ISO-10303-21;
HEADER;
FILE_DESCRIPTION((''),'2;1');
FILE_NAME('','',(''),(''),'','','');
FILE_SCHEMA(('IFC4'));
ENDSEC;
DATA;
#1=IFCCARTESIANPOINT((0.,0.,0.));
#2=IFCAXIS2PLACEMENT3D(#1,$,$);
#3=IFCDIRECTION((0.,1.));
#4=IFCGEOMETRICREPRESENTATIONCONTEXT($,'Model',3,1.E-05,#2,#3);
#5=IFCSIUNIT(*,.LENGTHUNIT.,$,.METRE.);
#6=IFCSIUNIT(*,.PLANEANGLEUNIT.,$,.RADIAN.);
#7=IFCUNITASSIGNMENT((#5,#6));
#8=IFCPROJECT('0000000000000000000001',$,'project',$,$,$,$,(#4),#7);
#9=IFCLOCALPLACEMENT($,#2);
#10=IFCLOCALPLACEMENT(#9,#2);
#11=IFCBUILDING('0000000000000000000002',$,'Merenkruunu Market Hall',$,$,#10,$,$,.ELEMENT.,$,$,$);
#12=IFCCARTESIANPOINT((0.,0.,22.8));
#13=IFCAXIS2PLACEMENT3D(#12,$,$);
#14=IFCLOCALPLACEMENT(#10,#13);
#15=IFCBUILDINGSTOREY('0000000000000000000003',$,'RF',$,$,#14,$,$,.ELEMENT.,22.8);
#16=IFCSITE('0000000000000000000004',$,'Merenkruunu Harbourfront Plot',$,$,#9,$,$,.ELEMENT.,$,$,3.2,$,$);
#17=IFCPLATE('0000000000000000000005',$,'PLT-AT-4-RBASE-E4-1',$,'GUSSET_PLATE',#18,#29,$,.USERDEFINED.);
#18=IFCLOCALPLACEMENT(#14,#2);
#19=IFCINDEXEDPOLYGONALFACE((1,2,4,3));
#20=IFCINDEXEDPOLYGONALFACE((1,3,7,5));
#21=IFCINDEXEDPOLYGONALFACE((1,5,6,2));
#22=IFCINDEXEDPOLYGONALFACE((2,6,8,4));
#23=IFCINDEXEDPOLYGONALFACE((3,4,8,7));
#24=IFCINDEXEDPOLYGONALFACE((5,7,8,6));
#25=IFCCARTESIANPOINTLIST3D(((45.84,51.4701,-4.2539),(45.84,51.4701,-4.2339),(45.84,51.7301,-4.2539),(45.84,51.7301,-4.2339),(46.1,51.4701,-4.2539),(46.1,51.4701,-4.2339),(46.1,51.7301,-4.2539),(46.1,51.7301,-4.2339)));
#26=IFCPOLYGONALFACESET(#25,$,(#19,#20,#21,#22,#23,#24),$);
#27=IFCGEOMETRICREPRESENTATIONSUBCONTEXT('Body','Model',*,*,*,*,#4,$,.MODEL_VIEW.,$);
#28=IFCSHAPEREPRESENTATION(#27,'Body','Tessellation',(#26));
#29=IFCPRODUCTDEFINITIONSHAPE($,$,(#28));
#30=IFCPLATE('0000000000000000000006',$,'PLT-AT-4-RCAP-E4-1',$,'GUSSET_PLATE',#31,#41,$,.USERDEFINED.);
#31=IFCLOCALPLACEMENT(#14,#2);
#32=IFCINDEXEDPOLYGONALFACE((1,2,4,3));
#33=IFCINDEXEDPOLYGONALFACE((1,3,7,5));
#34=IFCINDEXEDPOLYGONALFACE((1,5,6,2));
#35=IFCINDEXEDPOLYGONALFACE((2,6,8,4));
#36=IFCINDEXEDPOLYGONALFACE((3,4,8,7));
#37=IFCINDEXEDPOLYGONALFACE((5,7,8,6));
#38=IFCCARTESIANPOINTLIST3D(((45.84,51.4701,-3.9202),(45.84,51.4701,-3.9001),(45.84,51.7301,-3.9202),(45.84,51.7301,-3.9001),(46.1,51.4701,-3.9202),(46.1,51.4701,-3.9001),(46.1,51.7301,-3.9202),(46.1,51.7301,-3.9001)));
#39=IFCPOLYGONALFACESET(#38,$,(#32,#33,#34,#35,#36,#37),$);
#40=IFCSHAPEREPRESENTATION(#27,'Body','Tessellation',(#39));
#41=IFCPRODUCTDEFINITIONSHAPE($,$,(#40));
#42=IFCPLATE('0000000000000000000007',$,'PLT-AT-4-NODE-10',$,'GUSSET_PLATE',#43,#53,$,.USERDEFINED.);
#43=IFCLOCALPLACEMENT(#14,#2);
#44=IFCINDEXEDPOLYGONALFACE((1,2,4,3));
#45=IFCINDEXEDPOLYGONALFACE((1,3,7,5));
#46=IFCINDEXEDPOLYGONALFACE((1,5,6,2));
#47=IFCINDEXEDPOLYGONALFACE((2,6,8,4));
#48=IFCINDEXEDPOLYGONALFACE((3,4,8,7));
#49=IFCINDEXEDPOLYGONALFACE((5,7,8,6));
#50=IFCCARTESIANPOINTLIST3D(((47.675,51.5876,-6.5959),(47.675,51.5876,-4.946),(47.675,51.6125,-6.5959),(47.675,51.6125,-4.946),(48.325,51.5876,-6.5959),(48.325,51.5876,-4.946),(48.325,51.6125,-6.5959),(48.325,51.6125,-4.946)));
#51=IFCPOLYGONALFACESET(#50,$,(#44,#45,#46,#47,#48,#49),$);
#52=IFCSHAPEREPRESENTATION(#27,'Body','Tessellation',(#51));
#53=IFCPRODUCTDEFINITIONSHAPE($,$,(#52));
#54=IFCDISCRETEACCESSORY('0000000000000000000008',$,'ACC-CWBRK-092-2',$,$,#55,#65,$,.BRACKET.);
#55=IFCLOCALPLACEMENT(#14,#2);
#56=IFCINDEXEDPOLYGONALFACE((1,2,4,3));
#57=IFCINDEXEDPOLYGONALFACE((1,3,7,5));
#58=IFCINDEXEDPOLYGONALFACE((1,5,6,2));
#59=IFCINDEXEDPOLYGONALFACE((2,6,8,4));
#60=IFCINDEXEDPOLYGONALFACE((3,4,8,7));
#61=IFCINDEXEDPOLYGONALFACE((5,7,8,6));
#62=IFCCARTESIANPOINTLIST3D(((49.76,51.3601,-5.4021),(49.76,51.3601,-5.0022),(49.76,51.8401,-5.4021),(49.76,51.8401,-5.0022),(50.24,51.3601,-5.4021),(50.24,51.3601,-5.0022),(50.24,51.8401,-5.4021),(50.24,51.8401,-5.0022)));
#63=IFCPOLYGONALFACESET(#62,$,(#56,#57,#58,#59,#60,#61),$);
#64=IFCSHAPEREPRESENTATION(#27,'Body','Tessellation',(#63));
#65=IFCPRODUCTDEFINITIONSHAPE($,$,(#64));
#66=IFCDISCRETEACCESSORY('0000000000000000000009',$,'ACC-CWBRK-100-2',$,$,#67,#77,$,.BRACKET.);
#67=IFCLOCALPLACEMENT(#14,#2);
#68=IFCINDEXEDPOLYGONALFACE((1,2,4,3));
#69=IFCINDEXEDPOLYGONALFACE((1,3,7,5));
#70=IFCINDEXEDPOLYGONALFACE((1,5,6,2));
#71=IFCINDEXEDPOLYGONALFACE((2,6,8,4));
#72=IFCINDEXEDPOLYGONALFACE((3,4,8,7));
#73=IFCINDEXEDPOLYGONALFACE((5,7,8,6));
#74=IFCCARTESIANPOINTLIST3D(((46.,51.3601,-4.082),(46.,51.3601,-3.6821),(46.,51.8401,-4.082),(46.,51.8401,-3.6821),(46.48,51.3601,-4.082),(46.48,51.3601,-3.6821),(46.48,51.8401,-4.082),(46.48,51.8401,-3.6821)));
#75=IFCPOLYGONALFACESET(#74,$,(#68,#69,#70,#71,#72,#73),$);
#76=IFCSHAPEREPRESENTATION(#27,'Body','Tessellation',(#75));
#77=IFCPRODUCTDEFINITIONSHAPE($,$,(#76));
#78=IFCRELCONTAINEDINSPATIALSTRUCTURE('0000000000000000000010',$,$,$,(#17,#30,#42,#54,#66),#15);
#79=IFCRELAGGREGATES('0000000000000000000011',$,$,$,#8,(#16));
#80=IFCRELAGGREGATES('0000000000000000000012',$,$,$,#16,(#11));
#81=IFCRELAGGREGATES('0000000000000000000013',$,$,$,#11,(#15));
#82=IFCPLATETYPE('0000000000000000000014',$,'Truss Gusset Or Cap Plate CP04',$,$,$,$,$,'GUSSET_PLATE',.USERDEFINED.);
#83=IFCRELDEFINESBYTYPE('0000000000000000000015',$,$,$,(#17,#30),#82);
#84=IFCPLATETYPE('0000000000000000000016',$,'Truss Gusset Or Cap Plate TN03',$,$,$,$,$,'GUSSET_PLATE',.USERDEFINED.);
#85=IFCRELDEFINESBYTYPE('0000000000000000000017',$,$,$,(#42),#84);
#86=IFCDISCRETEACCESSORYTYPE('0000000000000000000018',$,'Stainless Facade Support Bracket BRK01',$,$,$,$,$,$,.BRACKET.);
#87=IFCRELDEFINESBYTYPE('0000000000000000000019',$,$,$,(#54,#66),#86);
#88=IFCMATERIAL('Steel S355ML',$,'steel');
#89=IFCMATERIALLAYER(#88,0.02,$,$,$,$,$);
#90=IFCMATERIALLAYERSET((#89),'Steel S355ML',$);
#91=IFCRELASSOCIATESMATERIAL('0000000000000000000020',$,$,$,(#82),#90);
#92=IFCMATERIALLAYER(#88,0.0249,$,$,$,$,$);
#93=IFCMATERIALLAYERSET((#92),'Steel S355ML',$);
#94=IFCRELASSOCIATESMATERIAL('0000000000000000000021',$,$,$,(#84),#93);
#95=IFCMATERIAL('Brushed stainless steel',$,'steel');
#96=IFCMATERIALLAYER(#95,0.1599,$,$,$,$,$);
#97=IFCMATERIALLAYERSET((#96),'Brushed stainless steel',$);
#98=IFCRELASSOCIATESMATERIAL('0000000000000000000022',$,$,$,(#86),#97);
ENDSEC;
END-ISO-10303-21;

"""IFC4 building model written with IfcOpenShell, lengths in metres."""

from ifc_helpers import new_model, si_unit, direction, frame, origin, origin_2d, place, context, subcontext, project, spatial, rectangle, extrude, material, layer, layer_set, type_object, element, save


model = new_model("IFC4")

# Units and contexts
model_context = context("Model", 3, precision=1e-05, world=origin(), true_north=direction((0.0, 1.0)))
body_context = subcontext(model_context, "Body", "Model", "MODEL_VIEW")
ifc_project = project(units=[si_unit("LENGTHUNIT", "METRE"), si_unit("PLANEANGLEUNIT", "RADIAN")], contexts=[model_context])

# Site, building, storey
site_placement = place(None, origin())
site = spatial("IfcSite", under=ifc_project, at=site_placement, Name="Merenkruunu Harbourfront Plot", CompositionType="ELEMENT", RefElevation=3.2)
building_placement = place(site_placement, origin())
building = spatial("IfcBuilding", under=site, at=building_placement, Name="Merenkruunu Market Hall", CompositionType="ELEMENT")
storey_placement = place(building_placement, frame((0.0, 0.0, 22.8)))
storey = spatial("IfcBuildingStorey", under=building, at=storey_placement, Name="RF", CompositionType="ELEMENT", Elevation=22.8)

# Shared definitions
ifc_material_1 = material(Name="Steel S355ML", Category="steel")

# Plates
ifc_layer_1 = layer(ifc_material_1, 0.02)
ifc_layer_set_1 = layer_set([ifc_layer_1], Name="Steel S355ML")
plate_type_1 = type_object("IfcPlateType", Name="Truss Gusset Or Cap Plate CP04", ElementType="GUSSET_PLATE", PredefinedType="USERDEFINED", material=ifc_layer_set_1)
for number, where, z_axis, x_axis, name in (
    (1, (45.97, 51.6001, -4.2539), (0.0, 0.0, 1.0), (1.0, 0.0, 0.0), "PLT-AT-4-RBASE-E4-1"),
    (2, (45.97, 51.6001, -3.9202), (0.0, 0.0, 1.0), (1.0, 0.0, 0.0), "PLT-AT-4-RCAP-E4-1"),
):
    element("IfcPlate", number, at=place(storey_placement, frame(where, z_axis=z_axis, x_axis=x_axis)), inside=storey, type_object=plate_type_1, Name=name, ObjectType="GUSSET_PLATE", PredefinedType="USERDEFINED", context=body_context, shape_type="SweptSolid", body=[
        extrude(rectangle(XDim=0.26, YDim=0.26, at=origin_2d()), origin(), (0.0, 0.0, 1.0), 0.02),
    ])
ifc_layer_2 = layer(ifc_material_1, 0.0249)
ifc_layer_set_2 = layer_set([ifc_layer_2], Name="Steel S355ML")
plate_type_2 = type_object("IfcPlateType", Name="Truss Gusset Or Cap Plate TN03", ElementType="GUSSET_PLATE", PredefinedType="USERDEFINED", material=ifc_layer_set_2)
plate_placement = place(storey_placement, frame((48.0, 51.6001, -6.5959), z_axis=(0.0, 0.0, 1.0), x_axis=(1.0, 0.0, 0.0)))
element("IfcPlate", 3, at=plate_placement, inside=storey, type_object=plate_type_2, Name="PLT-AT-4-NODE-10", ObjectType="GUSSET_PLATE", PredefinedType="USERDEFINED", context=body_context, shape_type="SweptSolid", body=[
    extrude(rectangle(XDim=0.6499, YDim=0.0249, at=origin_2d()), origin(), (0.0, 0.0, 1.0), 1.6499),
])

# Discrete accessories
ifc_material_2 = material(Name="Brushed stainless steel", Category="steel")
ifc_layer_3 = layer(ifc_material_2, 0.1599)
ifc_layer_set_3 = layer_set([ifc_layer_3], Name="Brushed stainless steel")
discrete_accessory_type = type_object("IfcDiscreteAccessoryType", Name="Stainless Facade Support Bracket BRK01", PredefinedType="BRACKET", material=ifc_layer_set_3)
for number, where, z_axis, x_axis, name in (
    (4, (50.0, 51.6001, -5.4021), (0.0, 0.0, 1.0), (1.0, 0.0, 0.0), "ACC-CWBRK-092-2"),
    (5, (46.24, 51.6001, -4.082), (0.0, 0.0, 1.0), (1.0, 0.0, 0.0), "ACC-CWBRK-100-2"),
):
    element("IfcDiscreteAccessory", number, at=place(storey_placement, frame(where, z_axis=z_axis, x_axis=x_axis)), inside=storey, type_object=discrete_accessory_type, Name=name, PredefinedType="BRACKET", context=body_context, shape_type="SweptSolid", body=[
        extrude(rectangle(XDim=0.48, YDim=0.48, at=origin_2d()), origin(), (0.0, 0.0, 1.0), 0.3999),
    ])

save(model, "model.ifc")
